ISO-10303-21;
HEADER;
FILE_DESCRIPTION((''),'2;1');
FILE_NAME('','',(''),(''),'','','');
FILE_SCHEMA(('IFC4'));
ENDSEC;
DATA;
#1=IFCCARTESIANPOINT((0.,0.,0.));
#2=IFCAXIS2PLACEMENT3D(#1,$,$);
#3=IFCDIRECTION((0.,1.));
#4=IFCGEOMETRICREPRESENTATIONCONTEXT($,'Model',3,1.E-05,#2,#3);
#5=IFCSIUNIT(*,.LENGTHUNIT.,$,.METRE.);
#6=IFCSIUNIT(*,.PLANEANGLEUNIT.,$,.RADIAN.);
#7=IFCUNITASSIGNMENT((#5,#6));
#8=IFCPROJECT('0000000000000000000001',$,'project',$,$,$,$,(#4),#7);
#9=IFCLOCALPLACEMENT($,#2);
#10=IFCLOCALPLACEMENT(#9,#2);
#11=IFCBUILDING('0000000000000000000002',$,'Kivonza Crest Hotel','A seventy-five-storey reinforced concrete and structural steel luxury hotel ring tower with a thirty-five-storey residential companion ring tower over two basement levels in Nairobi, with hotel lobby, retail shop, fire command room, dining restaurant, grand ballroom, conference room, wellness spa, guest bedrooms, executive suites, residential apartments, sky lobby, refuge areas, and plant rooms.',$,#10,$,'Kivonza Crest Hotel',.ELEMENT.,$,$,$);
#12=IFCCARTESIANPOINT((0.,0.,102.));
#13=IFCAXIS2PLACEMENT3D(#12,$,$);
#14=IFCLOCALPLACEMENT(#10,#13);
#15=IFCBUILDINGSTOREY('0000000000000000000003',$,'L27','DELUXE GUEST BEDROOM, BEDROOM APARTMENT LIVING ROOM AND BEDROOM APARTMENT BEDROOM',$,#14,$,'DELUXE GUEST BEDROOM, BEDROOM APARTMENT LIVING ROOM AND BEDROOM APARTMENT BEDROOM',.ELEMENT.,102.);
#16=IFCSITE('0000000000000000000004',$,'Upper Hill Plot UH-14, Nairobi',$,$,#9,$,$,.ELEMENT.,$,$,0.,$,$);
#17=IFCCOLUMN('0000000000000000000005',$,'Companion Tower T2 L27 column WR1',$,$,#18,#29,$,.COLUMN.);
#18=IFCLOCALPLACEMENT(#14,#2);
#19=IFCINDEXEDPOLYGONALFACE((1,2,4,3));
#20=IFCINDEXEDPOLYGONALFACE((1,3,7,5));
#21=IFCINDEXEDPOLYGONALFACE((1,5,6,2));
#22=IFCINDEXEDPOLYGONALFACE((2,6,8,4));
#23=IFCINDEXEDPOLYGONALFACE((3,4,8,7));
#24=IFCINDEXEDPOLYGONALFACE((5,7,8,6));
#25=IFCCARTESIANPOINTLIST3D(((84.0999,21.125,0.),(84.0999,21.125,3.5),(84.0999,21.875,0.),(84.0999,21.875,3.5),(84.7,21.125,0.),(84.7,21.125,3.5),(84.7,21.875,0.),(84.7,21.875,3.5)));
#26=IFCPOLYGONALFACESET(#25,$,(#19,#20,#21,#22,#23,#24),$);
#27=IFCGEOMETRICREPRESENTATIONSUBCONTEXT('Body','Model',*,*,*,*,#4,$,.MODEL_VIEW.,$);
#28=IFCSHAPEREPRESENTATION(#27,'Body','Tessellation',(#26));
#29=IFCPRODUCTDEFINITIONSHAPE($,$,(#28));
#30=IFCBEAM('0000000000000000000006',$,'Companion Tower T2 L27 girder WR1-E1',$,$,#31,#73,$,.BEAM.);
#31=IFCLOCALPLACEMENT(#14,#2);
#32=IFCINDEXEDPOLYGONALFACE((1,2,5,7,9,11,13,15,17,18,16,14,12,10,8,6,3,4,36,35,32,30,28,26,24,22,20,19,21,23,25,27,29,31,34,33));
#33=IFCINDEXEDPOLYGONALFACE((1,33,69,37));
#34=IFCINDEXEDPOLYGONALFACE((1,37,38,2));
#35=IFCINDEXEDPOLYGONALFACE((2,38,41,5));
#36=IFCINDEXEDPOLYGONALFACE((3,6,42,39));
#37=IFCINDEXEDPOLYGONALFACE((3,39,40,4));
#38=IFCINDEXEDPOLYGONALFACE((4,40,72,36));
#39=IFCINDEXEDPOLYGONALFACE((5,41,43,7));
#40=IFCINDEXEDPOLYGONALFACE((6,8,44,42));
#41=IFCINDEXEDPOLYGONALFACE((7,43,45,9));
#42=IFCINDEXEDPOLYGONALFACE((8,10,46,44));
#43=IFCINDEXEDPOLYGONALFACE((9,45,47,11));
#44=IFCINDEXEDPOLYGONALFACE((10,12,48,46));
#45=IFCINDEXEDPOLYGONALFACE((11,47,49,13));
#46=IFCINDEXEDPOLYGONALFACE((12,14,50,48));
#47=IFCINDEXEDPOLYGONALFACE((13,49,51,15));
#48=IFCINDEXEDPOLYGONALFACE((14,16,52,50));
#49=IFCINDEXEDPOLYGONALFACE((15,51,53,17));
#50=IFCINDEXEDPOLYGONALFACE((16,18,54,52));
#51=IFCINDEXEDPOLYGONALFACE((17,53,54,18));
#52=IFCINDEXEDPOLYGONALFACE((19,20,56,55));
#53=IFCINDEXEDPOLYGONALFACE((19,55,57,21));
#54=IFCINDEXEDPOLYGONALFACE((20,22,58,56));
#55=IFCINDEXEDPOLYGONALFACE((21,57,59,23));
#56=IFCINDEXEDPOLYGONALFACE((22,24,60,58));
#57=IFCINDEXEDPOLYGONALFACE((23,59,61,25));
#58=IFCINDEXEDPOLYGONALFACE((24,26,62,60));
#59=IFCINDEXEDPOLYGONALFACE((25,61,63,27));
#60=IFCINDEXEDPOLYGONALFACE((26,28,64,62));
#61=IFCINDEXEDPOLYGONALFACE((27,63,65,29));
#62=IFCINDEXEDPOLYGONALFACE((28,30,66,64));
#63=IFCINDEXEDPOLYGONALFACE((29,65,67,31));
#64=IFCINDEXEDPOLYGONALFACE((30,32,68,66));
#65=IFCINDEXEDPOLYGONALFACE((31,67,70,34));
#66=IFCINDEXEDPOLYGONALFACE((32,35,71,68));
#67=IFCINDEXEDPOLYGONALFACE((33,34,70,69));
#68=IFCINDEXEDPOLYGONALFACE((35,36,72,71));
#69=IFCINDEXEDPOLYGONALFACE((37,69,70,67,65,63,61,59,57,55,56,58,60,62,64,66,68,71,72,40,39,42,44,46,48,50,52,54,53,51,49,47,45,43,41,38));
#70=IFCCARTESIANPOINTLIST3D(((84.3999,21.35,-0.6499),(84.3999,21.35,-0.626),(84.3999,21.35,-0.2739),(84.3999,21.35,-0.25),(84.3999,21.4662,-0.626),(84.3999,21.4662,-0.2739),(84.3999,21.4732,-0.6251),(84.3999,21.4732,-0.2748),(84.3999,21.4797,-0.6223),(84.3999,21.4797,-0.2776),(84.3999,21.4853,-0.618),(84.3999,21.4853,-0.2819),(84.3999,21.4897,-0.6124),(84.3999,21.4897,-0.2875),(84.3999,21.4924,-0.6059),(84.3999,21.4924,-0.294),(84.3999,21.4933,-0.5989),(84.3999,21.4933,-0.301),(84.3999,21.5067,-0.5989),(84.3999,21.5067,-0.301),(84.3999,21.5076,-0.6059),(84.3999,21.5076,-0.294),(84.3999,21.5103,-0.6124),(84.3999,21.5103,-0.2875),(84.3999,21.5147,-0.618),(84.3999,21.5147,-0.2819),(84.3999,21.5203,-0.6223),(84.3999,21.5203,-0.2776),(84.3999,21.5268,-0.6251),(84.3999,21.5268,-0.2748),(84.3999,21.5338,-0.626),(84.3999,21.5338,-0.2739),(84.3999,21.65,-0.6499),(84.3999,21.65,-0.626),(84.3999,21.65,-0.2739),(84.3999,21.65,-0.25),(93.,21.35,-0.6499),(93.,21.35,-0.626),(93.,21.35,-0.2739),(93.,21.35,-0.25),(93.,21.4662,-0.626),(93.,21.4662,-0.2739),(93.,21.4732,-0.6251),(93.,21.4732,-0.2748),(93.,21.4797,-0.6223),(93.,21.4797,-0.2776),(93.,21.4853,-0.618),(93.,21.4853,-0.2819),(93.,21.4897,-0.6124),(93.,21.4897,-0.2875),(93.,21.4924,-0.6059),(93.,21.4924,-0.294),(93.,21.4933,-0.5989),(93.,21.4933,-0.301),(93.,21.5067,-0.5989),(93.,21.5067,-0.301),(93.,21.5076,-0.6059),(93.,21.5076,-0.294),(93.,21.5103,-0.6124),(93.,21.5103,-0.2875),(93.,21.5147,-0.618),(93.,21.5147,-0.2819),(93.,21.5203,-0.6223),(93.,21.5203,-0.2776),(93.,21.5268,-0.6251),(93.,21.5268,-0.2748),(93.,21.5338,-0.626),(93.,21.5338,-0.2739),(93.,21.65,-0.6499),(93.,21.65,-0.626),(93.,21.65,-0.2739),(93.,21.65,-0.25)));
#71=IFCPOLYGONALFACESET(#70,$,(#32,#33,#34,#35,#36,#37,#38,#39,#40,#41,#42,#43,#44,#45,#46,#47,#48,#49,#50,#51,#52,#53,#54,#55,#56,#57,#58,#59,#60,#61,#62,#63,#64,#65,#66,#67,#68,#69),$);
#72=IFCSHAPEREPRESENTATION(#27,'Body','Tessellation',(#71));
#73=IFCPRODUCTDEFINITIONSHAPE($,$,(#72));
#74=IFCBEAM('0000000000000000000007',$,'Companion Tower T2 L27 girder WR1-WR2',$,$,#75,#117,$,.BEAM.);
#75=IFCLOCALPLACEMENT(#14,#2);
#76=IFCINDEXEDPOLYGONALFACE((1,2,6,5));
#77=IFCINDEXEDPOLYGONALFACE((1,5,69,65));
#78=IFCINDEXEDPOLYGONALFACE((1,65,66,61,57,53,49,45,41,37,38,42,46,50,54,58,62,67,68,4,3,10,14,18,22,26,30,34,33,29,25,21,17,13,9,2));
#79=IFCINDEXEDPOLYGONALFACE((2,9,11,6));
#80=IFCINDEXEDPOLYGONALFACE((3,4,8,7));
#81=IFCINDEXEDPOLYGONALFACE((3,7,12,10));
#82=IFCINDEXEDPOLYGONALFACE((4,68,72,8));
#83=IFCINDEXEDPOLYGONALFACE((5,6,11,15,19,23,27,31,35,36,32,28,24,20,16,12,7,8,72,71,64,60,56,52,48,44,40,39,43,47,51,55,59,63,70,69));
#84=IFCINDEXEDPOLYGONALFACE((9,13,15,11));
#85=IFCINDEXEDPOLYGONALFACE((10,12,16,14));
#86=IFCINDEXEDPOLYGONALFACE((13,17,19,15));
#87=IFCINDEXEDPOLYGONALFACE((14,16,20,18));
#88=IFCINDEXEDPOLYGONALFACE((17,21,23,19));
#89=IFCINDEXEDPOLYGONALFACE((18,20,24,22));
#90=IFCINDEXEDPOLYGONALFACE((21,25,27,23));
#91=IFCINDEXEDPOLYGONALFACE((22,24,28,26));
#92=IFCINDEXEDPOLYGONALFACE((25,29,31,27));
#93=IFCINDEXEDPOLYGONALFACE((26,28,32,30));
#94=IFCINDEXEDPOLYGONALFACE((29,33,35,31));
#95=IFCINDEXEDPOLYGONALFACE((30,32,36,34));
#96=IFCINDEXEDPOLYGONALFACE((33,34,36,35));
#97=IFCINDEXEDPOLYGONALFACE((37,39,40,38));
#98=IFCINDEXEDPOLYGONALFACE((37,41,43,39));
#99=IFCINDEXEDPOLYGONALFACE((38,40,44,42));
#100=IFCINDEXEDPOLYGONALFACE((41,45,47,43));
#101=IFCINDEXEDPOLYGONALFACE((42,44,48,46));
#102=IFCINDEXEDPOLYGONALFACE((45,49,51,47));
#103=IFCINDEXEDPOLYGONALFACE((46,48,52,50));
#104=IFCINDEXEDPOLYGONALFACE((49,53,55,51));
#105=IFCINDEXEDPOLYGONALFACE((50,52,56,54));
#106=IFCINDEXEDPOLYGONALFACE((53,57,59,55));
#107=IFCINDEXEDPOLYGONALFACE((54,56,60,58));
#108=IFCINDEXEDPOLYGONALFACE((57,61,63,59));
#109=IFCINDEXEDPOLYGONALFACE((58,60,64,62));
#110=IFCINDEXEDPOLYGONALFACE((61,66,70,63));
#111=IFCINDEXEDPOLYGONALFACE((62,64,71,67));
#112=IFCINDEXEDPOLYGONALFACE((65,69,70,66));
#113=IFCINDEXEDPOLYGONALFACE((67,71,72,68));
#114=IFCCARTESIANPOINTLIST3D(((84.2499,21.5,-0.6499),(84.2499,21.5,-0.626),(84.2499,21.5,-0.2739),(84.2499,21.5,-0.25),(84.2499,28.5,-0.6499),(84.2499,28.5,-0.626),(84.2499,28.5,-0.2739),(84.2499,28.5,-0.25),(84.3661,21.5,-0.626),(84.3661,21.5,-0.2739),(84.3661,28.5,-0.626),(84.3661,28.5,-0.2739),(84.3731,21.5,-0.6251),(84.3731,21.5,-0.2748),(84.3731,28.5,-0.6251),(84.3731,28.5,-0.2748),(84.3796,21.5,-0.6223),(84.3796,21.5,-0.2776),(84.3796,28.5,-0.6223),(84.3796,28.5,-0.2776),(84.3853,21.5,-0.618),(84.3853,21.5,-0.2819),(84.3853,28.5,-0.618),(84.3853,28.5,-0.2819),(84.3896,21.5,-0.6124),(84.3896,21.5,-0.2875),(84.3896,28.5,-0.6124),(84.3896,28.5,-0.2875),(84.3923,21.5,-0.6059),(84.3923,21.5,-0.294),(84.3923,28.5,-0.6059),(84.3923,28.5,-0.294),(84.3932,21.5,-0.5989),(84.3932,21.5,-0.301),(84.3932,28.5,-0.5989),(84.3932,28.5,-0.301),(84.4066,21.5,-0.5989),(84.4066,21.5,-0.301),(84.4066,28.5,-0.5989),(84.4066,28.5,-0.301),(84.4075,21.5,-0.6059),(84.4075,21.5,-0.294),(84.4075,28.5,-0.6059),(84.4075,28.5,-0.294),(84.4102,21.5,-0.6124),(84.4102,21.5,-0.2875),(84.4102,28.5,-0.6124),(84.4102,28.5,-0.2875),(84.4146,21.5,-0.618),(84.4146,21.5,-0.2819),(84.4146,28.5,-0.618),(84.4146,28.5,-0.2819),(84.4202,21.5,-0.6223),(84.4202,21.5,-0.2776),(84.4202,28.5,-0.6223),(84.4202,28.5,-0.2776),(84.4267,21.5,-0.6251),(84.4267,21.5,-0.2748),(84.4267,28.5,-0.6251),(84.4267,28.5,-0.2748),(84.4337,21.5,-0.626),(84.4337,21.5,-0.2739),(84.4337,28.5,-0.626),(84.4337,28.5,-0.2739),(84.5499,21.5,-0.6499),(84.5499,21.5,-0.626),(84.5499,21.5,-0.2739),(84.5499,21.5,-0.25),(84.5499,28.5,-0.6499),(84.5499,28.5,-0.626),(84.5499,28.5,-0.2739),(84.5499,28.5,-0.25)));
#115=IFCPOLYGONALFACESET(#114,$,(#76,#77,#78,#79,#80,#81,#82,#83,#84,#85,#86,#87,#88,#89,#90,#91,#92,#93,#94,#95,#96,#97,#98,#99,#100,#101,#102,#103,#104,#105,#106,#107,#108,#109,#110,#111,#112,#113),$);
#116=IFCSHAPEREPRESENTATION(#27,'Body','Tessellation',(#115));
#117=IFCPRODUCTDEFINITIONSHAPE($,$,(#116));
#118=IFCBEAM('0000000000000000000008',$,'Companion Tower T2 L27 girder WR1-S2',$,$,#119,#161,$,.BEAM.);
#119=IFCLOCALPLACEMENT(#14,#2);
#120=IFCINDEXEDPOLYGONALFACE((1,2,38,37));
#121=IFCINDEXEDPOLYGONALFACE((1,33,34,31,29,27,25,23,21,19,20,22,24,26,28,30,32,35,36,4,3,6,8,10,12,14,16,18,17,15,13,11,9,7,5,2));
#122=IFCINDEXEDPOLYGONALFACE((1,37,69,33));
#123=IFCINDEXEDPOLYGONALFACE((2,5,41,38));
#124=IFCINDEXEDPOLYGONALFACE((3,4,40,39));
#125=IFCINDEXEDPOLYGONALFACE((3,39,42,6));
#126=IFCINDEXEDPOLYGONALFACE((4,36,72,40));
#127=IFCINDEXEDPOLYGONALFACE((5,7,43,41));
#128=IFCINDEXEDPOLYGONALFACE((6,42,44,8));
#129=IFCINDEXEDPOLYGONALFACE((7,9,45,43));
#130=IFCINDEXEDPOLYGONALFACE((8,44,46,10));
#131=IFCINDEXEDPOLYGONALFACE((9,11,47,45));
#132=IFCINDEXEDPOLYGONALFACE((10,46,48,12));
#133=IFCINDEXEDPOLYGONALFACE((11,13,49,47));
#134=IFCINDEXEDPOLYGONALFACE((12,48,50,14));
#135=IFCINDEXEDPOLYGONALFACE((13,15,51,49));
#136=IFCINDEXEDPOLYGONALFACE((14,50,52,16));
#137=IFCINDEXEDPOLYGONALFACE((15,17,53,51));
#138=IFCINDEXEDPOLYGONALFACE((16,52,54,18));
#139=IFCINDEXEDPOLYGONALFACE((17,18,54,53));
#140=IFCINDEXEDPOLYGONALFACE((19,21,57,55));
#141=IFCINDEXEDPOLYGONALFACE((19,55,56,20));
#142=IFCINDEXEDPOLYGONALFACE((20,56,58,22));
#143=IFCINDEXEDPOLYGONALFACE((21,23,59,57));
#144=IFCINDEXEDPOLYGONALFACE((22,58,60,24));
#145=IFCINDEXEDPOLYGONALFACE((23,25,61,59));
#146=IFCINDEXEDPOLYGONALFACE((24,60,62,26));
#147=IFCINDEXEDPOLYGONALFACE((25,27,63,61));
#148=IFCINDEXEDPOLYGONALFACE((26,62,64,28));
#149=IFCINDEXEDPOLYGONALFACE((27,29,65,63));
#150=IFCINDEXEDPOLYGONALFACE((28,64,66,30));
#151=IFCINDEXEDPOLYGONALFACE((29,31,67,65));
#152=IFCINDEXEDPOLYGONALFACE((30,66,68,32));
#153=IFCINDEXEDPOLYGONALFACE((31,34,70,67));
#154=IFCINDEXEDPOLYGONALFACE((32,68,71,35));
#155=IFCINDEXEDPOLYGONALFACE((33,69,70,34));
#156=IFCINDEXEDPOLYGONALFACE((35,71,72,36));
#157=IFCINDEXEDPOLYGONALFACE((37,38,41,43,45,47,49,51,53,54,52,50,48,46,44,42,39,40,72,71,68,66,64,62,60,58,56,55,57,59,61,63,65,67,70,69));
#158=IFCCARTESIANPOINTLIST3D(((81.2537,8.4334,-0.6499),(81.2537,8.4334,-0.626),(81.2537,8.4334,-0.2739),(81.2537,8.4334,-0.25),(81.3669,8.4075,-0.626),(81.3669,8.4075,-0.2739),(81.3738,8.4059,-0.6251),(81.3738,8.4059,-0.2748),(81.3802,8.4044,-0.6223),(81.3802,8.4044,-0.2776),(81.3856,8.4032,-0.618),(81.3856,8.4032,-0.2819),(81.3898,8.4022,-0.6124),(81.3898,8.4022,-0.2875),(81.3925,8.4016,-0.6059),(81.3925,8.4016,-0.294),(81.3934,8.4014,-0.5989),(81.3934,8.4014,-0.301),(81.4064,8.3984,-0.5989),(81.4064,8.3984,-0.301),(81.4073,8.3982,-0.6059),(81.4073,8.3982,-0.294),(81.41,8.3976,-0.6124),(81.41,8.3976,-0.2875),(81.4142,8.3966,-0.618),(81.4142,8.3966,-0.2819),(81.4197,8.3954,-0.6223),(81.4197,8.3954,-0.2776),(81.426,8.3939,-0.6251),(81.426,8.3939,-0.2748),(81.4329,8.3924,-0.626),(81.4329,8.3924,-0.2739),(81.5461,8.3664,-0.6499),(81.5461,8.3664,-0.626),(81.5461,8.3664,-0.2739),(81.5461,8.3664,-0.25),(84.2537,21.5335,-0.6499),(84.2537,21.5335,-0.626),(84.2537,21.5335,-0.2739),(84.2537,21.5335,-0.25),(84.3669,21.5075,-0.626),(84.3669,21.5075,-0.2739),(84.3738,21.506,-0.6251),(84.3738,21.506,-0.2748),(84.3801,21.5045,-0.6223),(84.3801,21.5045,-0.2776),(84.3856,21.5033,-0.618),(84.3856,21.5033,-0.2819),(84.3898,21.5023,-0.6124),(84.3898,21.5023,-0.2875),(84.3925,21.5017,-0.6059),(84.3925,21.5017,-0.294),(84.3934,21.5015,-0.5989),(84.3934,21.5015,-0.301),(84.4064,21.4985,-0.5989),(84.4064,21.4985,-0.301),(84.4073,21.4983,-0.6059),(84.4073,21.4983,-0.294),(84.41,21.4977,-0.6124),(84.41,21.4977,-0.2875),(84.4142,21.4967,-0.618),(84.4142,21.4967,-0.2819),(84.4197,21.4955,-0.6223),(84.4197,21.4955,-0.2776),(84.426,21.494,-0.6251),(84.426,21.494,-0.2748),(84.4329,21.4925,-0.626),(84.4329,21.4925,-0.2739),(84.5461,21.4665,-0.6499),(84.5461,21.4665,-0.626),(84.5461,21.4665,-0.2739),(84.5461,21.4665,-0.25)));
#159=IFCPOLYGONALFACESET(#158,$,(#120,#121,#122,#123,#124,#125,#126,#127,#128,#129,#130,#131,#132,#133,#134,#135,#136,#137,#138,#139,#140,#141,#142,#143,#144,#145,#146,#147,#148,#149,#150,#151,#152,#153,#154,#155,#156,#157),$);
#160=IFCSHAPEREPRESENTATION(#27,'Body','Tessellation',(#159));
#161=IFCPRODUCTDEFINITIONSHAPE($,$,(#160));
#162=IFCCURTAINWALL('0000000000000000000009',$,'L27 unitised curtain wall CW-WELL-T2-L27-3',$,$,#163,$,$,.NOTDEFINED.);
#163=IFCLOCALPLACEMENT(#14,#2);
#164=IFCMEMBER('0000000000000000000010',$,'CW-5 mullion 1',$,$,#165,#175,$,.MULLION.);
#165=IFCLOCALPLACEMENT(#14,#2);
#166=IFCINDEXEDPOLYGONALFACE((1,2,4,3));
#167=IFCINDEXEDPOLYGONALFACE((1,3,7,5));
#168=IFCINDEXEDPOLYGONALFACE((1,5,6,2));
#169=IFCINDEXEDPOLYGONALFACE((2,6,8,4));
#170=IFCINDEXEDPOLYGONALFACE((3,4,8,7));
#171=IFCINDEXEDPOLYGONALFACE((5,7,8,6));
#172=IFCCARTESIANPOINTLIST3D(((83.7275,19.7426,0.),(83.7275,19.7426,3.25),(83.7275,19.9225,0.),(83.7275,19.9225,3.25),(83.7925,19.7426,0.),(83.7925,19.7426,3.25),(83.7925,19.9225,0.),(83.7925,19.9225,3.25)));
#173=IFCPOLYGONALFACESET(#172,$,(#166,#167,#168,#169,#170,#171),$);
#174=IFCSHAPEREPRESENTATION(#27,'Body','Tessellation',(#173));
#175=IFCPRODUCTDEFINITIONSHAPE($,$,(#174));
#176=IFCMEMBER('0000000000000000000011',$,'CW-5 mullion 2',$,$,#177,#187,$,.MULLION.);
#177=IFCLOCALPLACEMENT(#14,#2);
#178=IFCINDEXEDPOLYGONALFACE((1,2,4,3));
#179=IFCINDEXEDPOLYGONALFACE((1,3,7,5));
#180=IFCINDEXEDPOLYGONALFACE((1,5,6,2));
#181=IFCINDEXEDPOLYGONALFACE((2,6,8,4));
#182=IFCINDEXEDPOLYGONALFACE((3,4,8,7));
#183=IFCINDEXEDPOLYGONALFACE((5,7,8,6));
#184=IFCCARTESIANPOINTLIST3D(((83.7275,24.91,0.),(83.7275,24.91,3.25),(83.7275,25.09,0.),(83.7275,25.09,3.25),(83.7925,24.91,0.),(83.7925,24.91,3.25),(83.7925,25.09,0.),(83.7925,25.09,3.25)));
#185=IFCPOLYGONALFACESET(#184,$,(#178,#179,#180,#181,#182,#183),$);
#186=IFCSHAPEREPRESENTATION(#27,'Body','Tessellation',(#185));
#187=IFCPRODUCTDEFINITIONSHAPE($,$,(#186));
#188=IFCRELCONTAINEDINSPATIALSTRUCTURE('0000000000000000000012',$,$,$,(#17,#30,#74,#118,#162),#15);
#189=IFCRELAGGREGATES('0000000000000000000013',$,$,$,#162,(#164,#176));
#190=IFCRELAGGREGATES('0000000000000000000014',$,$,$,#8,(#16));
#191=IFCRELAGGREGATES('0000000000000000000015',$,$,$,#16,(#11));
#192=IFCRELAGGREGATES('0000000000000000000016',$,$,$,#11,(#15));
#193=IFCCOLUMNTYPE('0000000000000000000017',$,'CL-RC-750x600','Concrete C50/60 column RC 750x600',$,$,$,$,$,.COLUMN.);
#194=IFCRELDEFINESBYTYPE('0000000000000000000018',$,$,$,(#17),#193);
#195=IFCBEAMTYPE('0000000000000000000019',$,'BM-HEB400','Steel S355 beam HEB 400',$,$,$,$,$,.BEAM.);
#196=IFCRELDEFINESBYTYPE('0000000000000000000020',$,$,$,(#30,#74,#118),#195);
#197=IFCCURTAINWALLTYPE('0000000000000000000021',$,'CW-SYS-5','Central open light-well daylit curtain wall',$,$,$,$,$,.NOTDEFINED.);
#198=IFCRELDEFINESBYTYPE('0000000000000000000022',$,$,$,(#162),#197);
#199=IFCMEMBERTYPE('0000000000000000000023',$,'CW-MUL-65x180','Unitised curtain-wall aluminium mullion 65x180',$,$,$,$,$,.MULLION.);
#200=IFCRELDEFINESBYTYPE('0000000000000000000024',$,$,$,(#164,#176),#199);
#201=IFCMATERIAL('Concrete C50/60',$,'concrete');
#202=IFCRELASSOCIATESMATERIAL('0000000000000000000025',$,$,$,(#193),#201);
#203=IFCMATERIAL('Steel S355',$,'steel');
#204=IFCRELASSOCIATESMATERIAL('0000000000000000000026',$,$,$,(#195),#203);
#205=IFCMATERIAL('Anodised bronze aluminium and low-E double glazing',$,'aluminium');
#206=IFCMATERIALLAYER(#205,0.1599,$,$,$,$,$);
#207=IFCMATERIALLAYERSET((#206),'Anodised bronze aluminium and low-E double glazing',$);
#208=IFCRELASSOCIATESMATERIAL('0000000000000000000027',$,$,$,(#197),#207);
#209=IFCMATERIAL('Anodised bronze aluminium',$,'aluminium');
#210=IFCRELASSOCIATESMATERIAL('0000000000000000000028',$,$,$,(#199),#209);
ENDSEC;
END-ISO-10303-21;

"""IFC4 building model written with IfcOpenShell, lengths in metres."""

from ifc_helpers import new_model, si_unit, direction, frame, origin, origin_2d, place, context, subcontext, project, spatial, rectangle, i_section, extrude, material, layer, layer_set, material_profile, profile_set, type_object, element, aggregate, save


model = new_model("IFC4")

# Units and contexts
model_context = context("Model", 3, precision=1e-05, world=origin(), true_north=direction((0.0, 1.0)))
body_context = subcontext(model_context, "Body", "Model", "MODEL_VIEW")
ifc_project = project(units=[si_unit("LENGTHUNIT", "METRE"), si_unit("PLANEANGLEUNIT", "RADIAN")], contexts=[model_context])

# Site, building, storey
site_placement = place(None, origin())
site = spatial("IfcSite", under=ifc_project, at=site_placement, Name="Upper Hill Plot UH-14, Nairobi", CompositionType="ELEMENT", RefElevation=0.0)
building_placement = place(site_placement, origin())
building = spatial("IfcBuilding", under=site, at=building_placement, Name="Kivonza Crest Hotel", Description="A seventy-five-storey reinforced concrete and structural steel luxury hotel ring tower with a thirty-five-storey residential companion ring tower over two basement levels in Nairobi, with hotel lobby, retail shop, fire command room, dining restaurant, grand ballroom, conference room, wellness spa, guest bedrooms, executive suites, residential apartments, sky lobby, refuge areas, and plant rooms.", LongName="Kivonza Crest Hotel", CompositionType="ELEMENT")
storey_placement = place(building_placement, frame((0.0, 0.0, 102.0)))
storey = spatial("IfcBuildingStorey", under=building, at=storey_placement, Name="L27", Description="DELUXE GUEST BEDROOM, BEDROOM APARTMENT LIVING ROOM AND BEDROOM APARTMENT BEDROOM", LongName="DELUXE GUEST BEDROOM, BEDROOM APARTMENT LIVING ROOM AND BEDROOM APARTMENT BEDROOM", CompositionType="ELEMENT", Elevation=102.0)

# Column
ifc_material_1 = material(Name="Concrete C50/60", Category="concrete")
ifc_material_profile_1 = material_profile(ifc_material_1, rectangle(XDim=0.6001, YDim=0.75, at=origin_2d()), Name="RC 750x600")
ifc_profile_set_1 = profile_set([ifc_material_profile_1], Name="Concrete C50/60")
column_type = type_object("IfcColumnType", Name="CL-RC-750x600", Description="Concrete C50/60 column RC 750x600", PredefinedType="COLUMN", material=ifc_profile_set_1)
column_placement = place(storey_placement, frame((84.3999, 21.5, 0.0), z_axis=(0.0, 0.0, 1.0), x_axis=(1.0, 0.0, 0.0)))
element("IfcColumn", 1, at=column_placement, inside=storey, type_object=column_type, Name="Companion Tower T2 L27 column WR1", PredefinedType="COLUMN", context=body_context, shape_type="SweptSolid", body=[
    extrude(rectangle(XDim=0.6001, YDim=0.75, at=origin_2d()), origin(), (0.0, 0.0, 1.0), 3.5),
])

# Beams
ifc_material_2 = material(Name="Steel S355", Category="steel")
ifc_material_profile_2 = material_profile(ifc_material_2, i_section(OverallWidth=0.3, OverallDepth=0.3999, WebThickness=0.0134, FlangeThickness=0.0239, FilletRadius=0.0271, at=origin_2d()), Name="HEB 400")
ifc_profile_set_2 = profile_set([ifc_material_profile_2], Name="Steel S355")
beam_type = type_object("IfcBeamType", Name="BM-HEB400", Description="Steel S355 beam HEB 400", PredefinedType="BEAM", material=ifc_profile_set_2)
beam_1_placement = place(storey_placement, frame((84.3999, 21.5, -0.45), z_axis=(1.0, 0.0, 0.0), x_axis=(0.0, 1.0, 0.0)))
element("IfcBeam", 2, at=beam_1_placement, inside=storey, type_object=beam_type, Name="Companion Tower T2 L27 girder WR1-E1", PredefinedType="BEAM", context=body_context, shape_type="SweptSolid", body=[
    extrude(i_section(OverallWidth=0.3, OverallDepth=0.3999, WebThickness=0.0134, FlangeThickness=0.0239, FilletRadius=0.0271, at=origin_2d()), origin(), (0.0, 0.0, 1.0), 8.6001),
])
beam_2_placement = place(storey_placement, frame((84.3999, 21.5, -0.45), z_axis=(0.0, 1.0, 0.0), x_axis=(-1.0, 0.0, 0.0)))
element("IfcBeam", 3, at=beam_2_placement, inside=storey, type_object=beam_type, Name="Companion Tower T2 L27 girder WR1-WR2", PredefinedType="BEAM", context=body_context, shape_type="SweptSolid", body=[
    extrude(i_section(OverallWidth=0.3, OverallDepth=0.3999, WebThickness=0.0134, FlangeThickness=0.0239, FilletRadius=0.0271, at=origin_2d()), origin(), (0.0, 0.0, 1.0), 7.0),
])
beam_3_placement = place(storey_placement, frame((84.3999, 21.5, -0.45), z_axis=(-0.223227, -0.974766, 0.0), x_axis=(0.974766, -0.223227, 0.0)))
element("IfcBeam", 4, at=beam_3_placement, inside=storey, type_object=beam_type, Name="Companion Tower T2 L27 girder WR1-S2", PredefinedType="BEAM", context=body_context, shape_type="SweptSolid", body=[
    extrude(i_section(OverallWidth=0.3, OverallDepth=0.3999, WebThickness=0.0134, FlangeThickness=0.0239, FilletRadius=0.0271, at=origin_2d()), origin(), (0.0, 0.0, 1.0), 13.4392),
])

# Curtain wall, members
ifc_material_3 = material(Name="Anodised bronze aluminium and low-E double glazing", Category="aluminium")
ifc_layer_1 = layer(ifc_material_3, 0.1599)
ifc_layer_set_1 = layer_set([ifc_layer_1], Name="Anodised bronze aluminium and low-E double glazing")
curtain_wall_type = type_object("IfcCurtainWallType", Name="CW-SYS-5", Description="Central open light-well daylit curtain wall", PredefinedType="NOTDEFINED", material=ifc_layer_set_1)
curtain_wall_placement = place(storey_placement, origin())
curtain_wall = element("IfcCurtainWall", 5, at=curtain_wall_placement, inside=storey, type_object=curtain_wall_type, Name="L27 unitised curtain wall CW-WELL-T2-L27-3", PredefinedType="NOTDEFINED")
ifc_material_4 = material(Name="Anodised bronze aluminium", Category="aluminium")
ifc_material_profile_3 = material_profile(ifc_material_4, rectangle(XDim=0.0649, YDim=0.1799, at=origin_2d()), Name="CW-M 65x180")
ifc_profile_set_3 = profile_set([ifc_material_profile_3], Name="Anodised bronze aluminium")
member_type_1 = type_object("IfcMemberType", Name="CW-MUL-65x180", Description="Unitised curtain-wall aluminium mullion 65x180", PredefinedType="MULLION", material=ifc_profile_set_3)
member_1_placement = place(storey_placement, frame((83.76, 19.8325, 0.0), z_axis=(0.0, 0.0, 1.0), x_axis=(-1.0, 0.0, 0.0)))
member_1 = element("IfcMember", 6, at=member_1_placement, type_object=member_type_1, Name="CW-5 mullion 1", PredefinedType="MULLION", context=body_context, shape_type="SweptSolid", body=[
    extrude(rectangle(XDim=0.0649, YDim=0.1799, at=origin_2d()), origin(), (0.0, 0.0, 1.0), 3.25),
])
member_2_placement = place(storey_placement, frame((83.76, 25.0, 0.0), z_axis=(0.0, 0.0, 1.0), x_axis=(-1.0, 0.0, 0.0)))
member_2 = element("IfcMember", 7, at=member_2_placement, type_object=member_type_1, Name="CW-5 mullion 2", PredefinedType="MULLION", context=body_context, shape_type="SweptSolid", body=[
    extrude(rectangle(XDim=0.0649, YDim=0.1799, at=origin_2d()), origin(), (0.0, 0.0, 1.0), 3.25),
])
aggregate(curtain_wall, [member_1, member_2])

save(model, "model.ifc")
